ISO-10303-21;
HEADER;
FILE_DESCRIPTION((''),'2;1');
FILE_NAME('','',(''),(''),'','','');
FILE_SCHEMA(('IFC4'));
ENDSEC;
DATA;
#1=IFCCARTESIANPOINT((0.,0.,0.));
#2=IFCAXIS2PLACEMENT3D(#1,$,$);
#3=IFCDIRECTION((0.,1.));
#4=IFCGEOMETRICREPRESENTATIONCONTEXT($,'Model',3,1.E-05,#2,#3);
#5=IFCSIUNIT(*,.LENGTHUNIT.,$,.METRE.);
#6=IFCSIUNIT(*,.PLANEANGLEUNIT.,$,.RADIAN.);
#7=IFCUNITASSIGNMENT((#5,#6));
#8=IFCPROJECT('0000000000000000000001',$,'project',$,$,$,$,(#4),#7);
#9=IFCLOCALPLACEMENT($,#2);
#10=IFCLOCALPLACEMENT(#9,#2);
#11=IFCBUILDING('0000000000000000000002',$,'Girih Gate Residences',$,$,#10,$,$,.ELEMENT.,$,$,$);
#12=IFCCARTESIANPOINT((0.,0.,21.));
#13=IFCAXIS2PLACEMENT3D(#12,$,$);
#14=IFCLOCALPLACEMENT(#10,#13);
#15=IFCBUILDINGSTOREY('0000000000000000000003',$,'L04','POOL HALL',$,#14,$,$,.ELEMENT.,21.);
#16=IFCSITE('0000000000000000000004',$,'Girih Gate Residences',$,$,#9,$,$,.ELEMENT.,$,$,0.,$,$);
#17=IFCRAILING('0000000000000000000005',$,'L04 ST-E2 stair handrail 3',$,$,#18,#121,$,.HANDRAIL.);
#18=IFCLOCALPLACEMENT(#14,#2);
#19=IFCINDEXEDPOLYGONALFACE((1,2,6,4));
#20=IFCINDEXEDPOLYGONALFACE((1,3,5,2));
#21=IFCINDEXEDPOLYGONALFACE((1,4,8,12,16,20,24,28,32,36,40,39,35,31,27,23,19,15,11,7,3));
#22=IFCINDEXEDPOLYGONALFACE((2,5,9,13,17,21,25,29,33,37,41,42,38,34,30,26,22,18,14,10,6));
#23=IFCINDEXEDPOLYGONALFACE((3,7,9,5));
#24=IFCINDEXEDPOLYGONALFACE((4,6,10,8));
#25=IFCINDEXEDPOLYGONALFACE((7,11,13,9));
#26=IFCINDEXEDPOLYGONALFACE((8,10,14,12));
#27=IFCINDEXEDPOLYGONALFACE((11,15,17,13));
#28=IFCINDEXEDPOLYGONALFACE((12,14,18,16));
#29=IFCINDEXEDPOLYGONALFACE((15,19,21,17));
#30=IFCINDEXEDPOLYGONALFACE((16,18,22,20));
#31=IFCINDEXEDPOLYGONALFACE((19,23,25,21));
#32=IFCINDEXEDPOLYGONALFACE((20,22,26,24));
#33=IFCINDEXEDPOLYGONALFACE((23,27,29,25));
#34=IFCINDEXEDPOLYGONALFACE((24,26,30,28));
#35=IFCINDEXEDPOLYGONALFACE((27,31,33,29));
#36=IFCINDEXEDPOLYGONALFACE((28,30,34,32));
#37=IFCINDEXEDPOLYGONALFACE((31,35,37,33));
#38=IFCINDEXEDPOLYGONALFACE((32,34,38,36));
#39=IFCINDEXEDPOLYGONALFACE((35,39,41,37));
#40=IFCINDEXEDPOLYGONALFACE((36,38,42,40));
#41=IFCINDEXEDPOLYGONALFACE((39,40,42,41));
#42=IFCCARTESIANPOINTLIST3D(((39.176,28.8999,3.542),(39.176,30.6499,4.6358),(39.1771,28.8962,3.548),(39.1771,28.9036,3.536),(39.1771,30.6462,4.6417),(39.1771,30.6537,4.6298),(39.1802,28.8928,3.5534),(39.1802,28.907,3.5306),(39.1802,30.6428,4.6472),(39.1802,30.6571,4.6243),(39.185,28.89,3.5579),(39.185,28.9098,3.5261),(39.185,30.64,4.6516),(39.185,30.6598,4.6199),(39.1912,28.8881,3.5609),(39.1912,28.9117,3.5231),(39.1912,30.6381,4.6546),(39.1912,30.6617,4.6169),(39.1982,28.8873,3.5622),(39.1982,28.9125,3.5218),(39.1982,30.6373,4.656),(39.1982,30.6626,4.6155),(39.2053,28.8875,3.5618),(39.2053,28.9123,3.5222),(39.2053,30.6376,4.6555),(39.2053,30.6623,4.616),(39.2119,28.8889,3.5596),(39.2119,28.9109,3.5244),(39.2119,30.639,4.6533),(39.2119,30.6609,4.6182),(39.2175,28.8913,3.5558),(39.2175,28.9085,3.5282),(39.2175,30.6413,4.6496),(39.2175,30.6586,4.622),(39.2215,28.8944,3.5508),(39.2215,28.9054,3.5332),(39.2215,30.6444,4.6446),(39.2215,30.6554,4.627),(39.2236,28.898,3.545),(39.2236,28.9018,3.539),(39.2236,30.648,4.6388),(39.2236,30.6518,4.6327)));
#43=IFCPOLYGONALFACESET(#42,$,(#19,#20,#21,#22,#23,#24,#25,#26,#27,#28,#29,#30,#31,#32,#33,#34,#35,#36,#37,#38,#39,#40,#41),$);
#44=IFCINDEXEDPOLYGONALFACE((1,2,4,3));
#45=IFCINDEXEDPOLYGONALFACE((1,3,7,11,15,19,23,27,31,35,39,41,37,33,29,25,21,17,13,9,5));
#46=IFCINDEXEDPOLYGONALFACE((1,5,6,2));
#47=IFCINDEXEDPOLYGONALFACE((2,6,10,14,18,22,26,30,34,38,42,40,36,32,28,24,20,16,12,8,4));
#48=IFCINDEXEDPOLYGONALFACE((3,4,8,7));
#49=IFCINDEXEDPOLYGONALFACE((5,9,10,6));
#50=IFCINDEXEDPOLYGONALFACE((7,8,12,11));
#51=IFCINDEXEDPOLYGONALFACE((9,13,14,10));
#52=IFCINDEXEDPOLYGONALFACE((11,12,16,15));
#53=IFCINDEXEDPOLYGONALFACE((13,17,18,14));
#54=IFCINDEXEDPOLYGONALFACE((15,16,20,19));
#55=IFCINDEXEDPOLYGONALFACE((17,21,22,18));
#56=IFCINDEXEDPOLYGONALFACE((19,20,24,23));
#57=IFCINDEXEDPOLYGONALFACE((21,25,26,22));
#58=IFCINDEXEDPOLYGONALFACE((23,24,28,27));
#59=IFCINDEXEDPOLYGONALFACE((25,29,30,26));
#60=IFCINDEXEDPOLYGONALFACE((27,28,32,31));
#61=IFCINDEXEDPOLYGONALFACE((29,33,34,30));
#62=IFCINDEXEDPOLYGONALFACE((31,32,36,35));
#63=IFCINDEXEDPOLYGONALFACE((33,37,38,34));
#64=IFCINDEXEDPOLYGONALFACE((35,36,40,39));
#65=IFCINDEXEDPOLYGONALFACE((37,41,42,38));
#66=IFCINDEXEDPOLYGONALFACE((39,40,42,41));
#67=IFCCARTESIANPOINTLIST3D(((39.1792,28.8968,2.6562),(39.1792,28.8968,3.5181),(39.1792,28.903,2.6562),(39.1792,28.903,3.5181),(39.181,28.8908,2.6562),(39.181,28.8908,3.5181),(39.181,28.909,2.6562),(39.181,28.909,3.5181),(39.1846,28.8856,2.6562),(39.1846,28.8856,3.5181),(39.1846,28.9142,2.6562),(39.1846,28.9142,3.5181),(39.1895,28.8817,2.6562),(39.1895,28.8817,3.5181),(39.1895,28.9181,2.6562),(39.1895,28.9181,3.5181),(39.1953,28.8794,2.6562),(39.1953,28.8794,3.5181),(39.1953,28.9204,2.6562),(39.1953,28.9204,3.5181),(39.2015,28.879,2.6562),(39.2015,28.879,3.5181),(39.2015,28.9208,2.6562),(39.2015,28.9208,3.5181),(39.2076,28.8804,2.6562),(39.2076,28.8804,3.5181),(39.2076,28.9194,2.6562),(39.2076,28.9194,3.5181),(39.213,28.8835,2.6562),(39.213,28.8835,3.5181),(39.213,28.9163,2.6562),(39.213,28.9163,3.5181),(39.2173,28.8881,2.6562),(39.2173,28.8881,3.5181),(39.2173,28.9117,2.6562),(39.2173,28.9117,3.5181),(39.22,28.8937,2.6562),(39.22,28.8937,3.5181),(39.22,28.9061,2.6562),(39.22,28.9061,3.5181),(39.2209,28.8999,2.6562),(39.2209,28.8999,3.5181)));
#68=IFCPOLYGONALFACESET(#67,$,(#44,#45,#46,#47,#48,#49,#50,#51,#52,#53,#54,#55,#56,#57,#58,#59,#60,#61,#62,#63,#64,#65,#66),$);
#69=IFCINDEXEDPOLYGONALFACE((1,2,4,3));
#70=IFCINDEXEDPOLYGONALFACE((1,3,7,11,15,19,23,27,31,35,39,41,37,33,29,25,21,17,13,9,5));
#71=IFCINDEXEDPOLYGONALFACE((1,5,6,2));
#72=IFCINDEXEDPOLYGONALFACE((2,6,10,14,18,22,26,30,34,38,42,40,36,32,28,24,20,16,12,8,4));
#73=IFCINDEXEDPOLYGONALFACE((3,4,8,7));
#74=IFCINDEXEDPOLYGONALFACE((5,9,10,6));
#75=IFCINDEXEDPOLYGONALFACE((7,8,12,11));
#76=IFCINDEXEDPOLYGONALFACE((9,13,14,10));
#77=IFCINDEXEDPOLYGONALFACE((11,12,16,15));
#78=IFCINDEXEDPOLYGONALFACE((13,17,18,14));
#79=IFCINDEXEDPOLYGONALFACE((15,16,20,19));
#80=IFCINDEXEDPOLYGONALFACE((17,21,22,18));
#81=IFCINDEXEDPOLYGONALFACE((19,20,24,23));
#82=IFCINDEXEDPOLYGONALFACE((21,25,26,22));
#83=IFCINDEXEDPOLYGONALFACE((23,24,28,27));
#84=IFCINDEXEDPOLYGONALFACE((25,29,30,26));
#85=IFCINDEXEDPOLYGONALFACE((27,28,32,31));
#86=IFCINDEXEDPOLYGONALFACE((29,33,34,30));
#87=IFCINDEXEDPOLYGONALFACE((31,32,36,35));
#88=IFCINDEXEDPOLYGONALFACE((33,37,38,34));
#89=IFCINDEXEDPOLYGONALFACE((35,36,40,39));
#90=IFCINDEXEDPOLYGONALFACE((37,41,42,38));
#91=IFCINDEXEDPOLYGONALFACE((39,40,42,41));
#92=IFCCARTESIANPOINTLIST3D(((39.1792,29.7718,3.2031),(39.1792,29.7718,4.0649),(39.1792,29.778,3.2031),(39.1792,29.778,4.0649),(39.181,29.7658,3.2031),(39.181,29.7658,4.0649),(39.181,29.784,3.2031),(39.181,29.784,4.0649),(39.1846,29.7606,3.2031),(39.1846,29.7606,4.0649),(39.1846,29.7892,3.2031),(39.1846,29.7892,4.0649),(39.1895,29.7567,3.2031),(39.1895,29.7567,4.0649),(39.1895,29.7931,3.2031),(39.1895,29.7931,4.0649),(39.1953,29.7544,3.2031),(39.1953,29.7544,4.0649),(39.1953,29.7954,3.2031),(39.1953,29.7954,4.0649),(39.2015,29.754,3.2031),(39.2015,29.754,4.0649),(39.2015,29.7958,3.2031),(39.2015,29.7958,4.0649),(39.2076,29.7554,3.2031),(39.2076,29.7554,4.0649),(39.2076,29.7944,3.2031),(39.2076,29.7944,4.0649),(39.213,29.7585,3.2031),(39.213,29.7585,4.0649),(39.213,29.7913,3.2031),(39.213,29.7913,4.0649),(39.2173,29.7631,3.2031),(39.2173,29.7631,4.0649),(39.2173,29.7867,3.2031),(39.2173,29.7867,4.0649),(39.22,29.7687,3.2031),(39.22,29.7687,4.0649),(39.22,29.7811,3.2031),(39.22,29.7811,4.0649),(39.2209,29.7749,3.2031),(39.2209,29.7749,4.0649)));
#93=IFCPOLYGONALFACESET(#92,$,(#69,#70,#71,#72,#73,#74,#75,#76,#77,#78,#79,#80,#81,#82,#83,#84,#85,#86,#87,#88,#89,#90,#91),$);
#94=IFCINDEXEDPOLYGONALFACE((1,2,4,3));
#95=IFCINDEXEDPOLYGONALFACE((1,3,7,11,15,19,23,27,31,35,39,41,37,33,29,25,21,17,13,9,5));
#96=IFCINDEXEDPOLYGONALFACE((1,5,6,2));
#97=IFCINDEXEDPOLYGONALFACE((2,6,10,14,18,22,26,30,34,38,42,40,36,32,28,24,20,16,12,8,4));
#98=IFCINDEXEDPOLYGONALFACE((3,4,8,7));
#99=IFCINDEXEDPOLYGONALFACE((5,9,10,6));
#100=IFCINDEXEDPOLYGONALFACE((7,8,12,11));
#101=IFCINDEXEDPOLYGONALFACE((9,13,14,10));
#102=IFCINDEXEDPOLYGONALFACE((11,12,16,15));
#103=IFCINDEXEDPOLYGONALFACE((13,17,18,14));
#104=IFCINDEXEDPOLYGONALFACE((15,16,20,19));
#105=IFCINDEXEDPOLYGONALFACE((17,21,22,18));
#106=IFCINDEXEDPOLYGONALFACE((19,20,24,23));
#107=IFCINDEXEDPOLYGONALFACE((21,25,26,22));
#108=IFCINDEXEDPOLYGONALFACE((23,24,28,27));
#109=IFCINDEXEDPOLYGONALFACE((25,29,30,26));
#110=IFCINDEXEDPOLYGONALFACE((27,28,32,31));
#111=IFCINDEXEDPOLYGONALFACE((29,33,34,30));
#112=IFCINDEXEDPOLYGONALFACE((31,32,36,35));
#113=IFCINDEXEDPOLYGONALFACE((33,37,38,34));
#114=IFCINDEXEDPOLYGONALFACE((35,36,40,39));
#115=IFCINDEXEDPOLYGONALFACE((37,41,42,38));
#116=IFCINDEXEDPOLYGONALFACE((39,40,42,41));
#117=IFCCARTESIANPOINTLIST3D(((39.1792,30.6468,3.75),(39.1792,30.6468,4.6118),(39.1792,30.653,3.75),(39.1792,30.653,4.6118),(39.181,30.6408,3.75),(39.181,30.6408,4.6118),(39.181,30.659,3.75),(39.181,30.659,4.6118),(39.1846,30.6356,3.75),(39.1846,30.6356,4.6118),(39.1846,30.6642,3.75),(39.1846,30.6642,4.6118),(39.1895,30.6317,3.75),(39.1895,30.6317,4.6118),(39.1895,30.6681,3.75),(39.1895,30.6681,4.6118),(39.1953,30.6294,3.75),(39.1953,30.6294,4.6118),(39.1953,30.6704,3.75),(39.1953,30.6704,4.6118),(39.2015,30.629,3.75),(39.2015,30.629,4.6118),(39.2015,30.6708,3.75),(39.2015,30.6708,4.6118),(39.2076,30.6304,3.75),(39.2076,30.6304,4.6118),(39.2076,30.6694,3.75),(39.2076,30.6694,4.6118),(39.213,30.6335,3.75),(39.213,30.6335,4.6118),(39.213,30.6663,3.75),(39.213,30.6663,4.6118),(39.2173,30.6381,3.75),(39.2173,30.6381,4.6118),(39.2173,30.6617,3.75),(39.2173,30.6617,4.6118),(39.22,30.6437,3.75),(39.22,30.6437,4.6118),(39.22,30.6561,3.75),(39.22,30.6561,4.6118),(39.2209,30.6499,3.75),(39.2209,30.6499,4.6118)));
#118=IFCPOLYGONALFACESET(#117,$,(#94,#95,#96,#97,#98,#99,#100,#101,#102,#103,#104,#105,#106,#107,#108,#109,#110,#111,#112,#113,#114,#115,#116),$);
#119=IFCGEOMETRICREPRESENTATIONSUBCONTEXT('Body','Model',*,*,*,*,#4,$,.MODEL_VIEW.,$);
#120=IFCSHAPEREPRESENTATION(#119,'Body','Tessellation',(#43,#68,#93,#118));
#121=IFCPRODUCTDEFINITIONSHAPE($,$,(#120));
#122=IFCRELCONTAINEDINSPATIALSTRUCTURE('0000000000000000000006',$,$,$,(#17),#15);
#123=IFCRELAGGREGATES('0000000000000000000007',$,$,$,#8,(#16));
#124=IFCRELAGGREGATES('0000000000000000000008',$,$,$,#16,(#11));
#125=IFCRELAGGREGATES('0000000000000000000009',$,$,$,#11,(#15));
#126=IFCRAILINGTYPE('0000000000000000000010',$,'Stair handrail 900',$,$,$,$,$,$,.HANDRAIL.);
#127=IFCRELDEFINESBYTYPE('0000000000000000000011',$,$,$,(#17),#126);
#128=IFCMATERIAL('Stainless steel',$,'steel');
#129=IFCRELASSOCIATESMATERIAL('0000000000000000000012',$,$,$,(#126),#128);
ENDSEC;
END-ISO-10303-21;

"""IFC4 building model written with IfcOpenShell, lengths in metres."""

from ifc_helpers import new_model, si_unit, direction, frame, origin, origin_2d, place, context, subcontext, project, spatial, circle, extrude, material, type_object, element, save


model = new_model("IFC4")

# Units and contexts
model_context = context("Model", 3, precision=1e-05, world=origin(), true_north=direction((0.0, 1.0)))
body_context = subcontext(model_context, "Body", "Model", "MODEL_VIEW")
ifc_project = project(units=[si_unit("LENGTHUNIT", "METRE"), si_unit("PLANEANGLEUNIT", "RADIAN")], contexts=[model_context])

# Site, building, storey
site_placement = place(None, origin())
site = spatial("IfcSite", under=ifc_project, at=site_placement, Name="Girih Gate Residences", CompositionType="ELEMENT", RefElevation=0.0)
building_placement = place(site_placement, origin())
building = spatial("IfcBuilding", under=site, at=building_placement, Name="Girih Gate Residences", CompositionType="ELEMENT")
storey_placement = place(building_placement, frame((0.0, 0.0, 21.0)))
storey = spatial("IfcBuildingStorey", under=building, at=storey_placement, Name="L04", Description="POOL HALL", CompositionType="ELEMENT", Elevation=21.0)

# Railing
ifc_material_1 = material(Name="Stainless steel", Category="steel")
railing_type_1 = type_object("IfcRailingType", Name="Stair handrail 900", PredefinedType="HANDRAIL", material=ifc_material_1)
railing_1_placement = place(storey_placement, frame((39.2, 28.8999, 2.6562)))
element("IfcRailing", 1, at=railing_1_placement, inside=storey, type_object=railing_type_1, Name="L04 ST-E2 stair handrail 3", PredefinedType="HANDRAIL", context=body_context, shape_type="SweptSolid", body=[
    extrude(circle(Radius=0.0239, at=origin_2d()), frame((0.0, 0.0, 0.8857), z_axis=(0.0, 0.847998, 0.529999), x_axis=(-1.0, 0.0, 0.0)), (0.0, 0.0, 1.0), 2.0637),
    extrude(circle(Radius=0.021, at=origin_2d()), origin(), (0.0, 0.0, 1.0), 0.8618),
    extrude(circle(Radius=0.021, at=origin_2d()), frame((0.0, 0.875, 0.5469)), (0.0, 0.0, 1.0), 0.8618),
    extrude(circle(Radius=0.021, at=origin_2d()), frame((0.0, 1.75, 1.0938)), (0.0, 0.0, 1.0), 0.8618),
])

save(model, "model.ifc")
